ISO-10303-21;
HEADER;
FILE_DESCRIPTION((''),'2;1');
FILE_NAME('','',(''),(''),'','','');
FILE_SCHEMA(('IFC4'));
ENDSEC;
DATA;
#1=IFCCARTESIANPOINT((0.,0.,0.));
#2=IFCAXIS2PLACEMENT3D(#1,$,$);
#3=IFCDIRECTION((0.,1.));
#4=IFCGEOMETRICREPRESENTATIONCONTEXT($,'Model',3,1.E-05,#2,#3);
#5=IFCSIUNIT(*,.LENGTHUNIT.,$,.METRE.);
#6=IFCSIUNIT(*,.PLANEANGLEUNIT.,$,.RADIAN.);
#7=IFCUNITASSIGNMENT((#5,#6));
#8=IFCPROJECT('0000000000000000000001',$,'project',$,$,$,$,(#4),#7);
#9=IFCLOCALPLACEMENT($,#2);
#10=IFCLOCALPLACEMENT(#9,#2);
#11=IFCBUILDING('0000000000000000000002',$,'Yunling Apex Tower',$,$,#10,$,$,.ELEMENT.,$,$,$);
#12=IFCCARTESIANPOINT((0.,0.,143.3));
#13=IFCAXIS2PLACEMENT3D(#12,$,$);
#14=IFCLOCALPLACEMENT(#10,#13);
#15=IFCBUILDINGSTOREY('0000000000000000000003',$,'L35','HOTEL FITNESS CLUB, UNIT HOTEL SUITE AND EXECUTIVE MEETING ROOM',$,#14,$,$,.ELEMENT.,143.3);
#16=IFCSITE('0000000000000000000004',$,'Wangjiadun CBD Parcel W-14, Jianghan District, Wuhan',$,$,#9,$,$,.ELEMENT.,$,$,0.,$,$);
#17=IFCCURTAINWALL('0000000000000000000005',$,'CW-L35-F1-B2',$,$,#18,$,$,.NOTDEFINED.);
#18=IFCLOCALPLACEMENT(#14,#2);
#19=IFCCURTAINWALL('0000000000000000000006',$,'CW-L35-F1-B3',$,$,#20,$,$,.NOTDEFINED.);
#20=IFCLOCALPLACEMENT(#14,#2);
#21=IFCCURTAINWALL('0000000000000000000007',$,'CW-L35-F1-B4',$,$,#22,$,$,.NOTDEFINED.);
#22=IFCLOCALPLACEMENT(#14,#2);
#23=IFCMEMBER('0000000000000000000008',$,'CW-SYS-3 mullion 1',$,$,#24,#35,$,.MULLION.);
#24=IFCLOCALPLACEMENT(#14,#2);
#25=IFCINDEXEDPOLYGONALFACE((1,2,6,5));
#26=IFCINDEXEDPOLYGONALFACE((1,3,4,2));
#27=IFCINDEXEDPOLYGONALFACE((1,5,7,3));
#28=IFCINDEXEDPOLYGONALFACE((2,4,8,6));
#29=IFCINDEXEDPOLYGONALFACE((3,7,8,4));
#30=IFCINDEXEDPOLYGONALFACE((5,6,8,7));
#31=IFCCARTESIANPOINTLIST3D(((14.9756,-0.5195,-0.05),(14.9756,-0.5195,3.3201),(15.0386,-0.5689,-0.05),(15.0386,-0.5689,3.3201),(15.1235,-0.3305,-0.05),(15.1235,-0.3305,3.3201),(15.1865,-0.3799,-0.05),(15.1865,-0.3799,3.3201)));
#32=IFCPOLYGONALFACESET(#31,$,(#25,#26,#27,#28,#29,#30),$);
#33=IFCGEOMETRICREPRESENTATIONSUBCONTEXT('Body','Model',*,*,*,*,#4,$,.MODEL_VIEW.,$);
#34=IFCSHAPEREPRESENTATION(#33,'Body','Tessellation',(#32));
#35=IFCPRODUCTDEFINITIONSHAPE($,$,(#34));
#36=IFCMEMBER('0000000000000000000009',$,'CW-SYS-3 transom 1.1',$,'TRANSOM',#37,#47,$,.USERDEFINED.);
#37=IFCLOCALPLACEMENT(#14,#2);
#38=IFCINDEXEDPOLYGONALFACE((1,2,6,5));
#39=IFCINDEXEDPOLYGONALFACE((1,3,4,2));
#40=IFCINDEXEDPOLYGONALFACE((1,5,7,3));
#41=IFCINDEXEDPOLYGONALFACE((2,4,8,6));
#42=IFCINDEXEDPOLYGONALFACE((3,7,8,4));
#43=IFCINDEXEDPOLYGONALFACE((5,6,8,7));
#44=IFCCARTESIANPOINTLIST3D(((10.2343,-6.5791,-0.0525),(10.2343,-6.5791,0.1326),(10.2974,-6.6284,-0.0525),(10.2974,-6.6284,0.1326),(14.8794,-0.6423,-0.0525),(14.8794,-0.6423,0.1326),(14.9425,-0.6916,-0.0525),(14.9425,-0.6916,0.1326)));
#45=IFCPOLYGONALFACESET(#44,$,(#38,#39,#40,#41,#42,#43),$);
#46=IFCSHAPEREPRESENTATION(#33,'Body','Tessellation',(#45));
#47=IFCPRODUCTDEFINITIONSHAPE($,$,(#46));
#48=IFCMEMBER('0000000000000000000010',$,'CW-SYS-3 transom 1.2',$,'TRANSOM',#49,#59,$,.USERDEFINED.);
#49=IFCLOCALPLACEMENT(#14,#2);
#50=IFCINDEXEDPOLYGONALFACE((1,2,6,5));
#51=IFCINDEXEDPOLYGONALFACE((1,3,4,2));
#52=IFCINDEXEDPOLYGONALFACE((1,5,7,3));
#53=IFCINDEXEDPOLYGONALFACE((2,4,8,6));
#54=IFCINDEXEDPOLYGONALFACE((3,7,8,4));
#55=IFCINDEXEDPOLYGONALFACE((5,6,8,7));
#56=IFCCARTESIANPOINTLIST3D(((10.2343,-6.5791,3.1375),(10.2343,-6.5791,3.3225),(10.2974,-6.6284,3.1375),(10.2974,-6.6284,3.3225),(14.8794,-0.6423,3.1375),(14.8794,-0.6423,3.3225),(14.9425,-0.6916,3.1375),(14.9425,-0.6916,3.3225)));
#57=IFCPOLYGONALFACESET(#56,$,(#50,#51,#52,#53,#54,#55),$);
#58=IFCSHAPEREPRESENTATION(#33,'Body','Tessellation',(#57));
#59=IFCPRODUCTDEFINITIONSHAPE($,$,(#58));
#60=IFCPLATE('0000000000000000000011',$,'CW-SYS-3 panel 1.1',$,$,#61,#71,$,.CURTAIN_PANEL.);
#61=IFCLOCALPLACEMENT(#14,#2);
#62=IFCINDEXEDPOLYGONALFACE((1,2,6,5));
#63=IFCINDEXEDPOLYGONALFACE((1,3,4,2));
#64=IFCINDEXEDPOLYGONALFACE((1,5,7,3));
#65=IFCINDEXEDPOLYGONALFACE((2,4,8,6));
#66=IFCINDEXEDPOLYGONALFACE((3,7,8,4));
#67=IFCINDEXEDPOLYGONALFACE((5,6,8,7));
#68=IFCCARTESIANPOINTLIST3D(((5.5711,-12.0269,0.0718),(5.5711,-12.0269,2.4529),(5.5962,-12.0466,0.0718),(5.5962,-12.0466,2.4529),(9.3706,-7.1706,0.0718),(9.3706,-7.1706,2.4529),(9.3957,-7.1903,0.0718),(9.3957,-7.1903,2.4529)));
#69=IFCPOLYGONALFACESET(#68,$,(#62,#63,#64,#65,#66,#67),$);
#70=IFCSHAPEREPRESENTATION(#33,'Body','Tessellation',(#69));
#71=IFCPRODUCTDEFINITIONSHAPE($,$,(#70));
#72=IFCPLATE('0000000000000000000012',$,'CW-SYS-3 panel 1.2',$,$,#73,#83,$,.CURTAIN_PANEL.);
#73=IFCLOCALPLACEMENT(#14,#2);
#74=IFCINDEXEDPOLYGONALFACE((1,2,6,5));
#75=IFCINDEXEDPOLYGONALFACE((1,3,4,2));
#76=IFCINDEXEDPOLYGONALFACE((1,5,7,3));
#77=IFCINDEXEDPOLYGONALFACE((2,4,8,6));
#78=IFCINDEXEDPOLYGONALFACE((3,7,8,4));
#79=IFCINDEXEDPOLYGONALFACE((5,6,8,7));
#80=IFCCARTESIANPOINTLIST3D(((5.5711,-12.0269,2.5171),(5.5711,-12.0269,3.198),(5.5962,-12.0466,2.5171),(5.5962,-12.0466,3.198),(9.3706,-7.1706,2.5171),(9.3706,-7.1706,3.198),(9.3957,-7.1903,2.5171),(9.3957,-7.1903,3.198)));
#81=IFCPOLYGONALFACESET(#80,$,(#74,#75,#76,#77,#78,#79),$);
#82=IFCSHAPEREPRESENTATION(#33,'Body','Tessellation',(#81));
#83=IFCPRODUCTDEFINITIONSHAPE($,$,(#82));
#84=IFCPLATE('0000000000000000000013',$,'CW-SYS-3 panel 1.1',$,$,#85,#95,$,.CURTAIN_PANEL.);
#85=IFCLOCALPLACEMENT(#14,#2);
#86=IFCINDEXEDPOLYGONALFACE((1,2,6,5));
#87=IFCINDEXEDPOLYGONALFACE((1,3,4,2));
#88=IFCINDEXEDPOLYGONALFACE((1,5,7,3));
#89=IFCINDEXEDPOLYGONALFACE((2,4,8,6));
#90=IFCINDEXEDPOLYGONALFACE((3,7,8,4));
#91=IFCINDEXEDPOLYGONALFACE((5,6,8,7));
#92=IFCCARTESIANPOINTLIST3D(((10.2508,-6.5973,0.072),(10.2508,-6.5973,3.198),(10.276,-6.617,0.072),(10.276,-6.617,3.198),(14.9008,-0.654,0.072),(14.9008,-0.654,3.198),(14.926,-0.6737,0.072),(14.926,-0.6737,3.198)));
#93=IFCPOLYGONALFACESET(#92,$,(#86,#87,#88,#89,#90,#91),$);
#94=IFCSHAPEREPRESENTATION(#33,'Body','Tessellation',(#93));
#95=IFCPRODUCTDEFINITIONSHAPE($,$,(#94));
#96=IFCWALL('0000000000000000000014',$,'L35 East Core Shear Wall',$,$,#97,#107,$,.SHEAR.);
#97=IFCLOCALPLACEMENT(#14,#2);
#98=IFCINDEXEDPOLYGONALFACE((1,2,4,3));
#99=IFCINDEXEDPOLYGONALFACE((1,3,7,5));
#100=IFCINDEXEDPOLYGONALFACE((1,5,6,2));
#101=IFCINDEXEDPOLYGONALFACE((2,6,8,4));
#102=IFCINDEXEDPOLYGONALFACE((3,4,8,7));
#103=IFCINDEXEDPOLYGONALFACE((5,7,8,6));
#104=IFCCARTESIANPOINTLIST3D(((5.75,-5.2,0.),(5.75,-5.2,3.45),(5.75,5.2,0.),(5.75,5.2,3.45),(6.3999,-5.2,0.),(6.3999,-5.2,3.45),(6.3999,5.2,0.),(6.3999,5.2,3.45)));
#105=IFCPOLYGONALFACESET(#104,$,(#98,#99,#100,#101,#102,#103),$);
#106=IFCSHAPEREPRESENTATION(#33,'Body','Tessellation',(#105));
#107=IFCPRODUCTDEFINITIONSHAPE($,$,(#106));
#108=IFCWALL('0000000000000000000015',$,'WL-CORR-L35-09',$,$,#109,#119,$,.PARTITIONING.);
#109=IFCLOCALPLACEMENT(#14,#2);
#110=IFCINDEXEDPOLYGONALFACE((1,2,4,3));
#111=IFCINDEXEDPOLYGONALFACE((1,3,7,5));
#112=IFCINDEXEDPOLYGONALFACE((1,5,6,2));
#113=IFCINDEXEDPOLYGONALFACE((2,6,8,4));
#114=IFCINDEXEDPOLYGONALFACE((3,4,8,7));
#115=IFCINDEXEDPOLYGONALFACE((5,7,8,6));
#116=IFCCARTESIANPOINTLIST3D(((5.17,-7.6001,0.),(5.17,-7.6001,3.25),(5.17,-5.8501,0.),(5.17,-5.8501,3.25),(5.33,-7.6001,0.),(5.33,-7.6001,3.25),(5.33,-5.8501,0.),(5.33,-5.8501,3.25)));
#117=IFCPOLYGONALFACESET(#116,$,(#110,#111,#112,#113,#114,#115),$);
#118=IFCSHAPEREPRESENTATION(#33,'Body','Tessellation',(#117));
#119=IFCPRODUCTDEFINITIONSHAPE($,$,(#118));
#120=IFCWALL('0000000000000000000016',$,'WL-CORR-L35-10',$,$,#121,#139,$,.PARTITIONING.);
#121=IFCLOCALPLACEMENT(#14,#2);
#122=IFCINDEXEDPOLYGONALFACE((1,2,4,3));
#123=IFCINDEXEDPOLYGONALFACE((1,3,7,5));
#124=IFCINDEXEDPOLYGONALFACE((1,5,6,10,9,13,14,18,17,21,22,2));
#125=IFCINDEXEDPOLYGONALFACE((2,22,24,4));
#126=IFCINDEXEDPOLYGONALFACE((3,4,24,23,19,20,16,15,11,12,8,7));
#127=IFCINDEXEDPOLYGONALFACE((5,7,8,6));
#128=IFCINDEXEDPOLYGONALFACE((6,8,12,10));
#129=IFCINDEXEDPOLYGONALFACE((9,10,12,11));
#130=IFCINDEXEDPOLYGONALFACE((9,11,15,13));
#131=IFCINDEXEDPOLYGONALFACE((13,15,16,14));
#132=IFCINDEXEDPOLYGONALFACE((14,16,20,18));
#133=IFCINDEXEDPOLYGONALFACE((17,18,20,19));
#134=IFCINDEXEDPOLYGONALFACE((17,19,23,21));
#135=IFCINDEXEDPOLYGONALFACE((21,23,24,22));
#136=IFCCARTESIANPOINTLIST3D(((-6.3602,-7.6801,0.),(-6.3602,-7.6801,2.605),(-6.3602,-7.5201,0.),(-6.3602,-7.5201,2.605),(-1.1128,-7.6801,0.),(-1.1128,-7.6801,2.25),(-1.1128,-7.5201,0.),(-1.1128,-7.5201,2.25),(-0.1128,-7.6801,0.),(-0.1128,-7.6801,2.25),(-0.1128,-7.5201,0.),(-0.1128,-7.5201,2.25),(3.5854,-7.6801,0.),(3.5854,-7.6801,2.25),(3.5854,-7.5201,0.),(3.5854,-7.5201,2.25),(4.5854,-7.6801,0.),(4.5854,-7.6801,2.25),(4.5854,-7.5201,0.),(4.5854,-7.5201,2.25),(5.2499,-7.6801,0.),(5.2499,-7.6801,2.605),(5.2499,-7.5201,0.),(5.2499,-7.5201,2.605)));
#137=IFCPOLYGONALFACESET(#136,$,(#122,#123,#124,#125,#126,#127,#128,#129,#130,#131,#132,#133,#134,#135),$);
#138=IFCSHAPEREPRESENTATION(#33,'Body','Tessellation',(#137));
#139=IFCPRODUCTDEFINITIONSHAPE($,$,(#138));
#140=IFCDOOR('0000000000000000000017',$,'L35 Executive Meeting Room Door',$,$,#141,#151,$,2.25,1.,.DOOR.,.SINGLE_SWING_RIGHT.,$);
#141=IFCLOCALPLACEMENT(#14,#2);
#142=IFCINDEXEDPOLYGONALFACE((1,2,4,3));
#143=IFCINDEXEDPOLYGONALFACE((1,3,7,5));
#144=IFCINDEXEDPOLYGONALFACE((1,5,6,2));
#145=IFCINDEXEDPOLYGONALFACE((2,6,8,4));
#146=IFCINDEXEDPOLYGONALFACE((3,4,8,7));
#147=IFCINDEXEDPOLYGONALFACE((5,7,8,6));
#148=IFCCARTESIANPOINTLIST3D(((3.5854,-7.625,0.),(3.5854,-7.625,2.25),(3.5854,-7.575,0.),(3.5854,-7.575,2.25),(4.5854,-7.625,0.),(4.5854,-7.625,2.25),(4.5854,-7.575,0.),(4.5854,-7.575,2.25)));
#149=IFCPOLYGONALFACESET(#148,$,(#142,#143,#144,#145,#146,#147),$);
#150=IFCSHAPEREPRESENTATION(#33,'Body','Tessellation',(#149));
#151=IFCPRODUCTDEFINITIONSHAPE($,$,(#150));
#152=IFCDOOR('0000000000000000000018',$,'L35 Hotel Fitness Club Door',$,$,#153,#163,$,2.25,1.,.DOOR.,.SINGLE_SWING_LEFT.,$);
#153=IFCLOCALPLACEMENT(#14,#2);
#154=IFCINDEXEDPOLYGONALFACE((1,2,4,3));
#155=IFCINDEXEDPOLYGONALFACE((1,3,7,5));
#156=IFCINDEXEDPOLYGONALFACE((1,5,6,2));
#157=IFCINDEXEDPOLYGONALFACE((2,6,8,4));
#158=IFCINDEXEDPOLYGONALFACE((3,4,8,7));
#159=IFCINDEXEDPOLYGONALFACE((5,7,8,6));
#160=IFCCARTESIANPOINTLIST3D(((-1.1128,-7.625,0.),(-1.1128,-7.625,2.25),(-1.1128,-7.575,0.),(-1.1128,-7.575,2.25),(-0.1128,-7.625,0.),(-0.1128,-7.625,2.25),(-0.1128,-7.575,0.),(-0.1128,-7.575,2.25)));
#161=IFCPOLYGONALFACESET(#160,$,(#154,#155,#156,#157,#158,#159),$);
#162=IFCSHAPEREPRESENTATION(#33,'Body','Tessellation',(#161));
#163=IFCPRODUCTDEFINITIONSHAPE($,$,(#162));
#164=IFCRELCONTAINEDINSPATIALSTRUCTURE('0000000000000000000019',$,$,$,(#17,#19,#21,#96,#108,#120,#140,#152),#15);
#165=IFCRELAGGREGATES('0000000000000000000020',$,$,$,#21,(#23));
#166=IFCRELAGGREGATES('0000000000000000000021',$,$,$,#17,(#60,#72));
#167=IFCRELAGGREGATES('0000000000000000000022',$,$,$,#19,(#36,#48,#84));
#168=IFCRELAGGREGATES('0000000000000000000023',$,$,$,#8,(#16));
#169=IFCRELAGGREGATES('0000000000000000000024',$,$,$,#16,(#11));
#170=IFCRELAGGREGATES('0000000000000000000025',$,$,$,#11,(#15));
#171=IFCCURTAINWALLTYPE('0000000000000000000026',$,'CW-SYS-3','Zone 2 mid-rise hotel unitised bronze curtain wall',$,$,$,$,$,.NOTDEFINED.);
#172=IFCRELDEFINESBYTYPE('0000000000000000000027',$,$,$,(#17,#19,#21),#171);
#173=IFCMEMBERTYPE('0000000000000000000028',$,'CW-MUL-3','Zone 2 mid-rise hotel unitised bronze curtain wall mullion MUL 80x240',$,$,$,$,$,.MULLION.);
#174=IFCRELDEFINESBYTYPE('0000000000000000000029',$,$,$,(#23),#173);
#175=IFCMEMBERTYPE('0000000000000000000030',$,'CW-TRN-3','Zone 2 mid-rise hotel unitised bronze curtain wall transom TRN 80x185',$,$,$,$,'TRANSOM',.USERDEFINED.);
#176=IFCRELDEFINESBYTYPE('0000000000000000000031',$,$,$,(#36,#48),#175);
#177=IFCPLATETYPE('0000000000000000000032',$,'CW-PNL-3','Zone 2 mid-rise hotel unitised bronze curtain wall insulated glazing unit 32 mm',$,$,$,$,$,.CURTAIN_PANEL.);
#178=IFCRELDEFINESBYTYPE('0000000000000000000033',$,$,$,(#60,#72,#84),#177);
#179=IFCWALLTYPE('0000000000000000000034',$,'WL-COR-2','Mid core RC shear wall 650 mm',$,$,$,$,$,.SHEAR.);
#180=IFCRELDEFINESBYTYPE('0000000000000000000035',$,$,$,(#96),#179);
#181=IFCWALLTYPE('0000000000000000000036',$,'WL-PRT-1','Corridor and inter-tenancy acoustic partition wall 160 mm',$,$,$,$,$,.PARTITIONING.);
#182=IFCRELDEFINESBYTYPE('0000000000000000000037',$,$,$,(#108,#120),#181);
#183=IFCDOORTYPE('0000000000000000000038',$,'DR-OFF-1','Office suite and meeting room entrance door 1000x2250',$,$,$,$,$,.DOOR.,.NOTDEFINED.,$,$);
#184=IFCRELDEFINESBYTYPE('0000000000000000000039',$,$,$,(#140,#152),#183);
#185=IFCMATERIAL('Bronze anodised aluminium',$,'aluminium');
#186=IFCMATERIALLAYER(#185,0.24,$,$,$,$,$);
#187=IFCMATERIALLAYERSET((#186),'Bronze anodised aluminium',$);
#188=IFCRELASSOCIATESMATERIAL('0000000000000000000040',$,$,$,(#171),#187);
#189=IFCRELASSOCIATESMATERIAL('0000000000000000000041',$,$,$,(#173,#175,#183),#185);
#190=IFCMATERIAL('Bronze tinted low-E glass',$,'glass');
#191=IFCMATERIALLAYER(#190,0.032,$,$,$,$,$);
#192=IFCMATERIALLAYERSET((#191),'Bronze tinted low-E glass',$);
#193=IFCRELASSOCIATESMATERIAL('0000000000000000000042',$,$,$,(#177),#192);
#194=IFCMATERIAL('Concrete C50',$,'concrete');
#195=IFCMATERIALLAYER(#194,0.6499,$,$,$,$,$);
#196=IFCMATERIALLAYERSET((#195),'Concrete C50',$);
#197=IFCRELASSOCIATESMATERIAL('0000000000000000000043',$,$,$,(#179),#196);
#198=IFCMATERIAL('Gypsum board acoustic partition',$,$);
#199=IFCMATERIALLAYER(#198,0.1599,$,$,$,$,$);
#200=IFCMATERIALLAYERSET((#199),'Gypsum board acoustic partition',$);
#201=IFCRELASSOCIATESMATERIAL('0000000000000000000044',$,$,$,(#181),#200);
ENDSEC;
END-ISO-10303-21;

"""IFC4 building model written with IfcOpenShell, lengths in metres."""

from ifc_helpers import new_model, si_unit, direction, frame, frame_2d, origin, origin_2d, place, context, subcontext, project, spatial, rectangle, extrude, source, transform, mapped, material, layer, layer_set, material_profile, profile_set, type_object, element, fill, aggregate, save


model = new_model("IFC4")

# Units and contexts
model_context = context("Model", 3, precision=1e-05, world=origin(), true_north=direction((0.0, 1.0)))
body_context = subcontext(model_context, "Body", "Model", "MODEL_VIEW")
ifc_project = project(units=[si_unit("LENGTHUNIT", "METRE"), si_unit("PLANEANGLEUNIT", "RADIAN")], contexts=[model_context])

# Site, building, storey
site_placement = place(None, origin())
site = spatial("IfcSite", under=ifc_project, at=site_placement, Name="Wangjiadun CBD Parcel W-14, Jianghan District, Wuhan", CompositionType="ELEMENT", RefElevation=0.0)
building_placement = place(site_placement, origin())
building = spatial("IfcBuilding", under=site, at=building_placement, Name="Yunling Apex Tower", CompositionType="ELEMENT")
storey_placement = place(building_placement, frame((0.0, 0.0, 143.3)))
storey = spatial("IfcBuildingStorey", under=building, at=storey_placement, Name="L35", Description="HOTEL FITNESS CLUB, UNIT HOTEL SUITE AND EXECUTIVE MEETING ROOM", CompositionType="ELEMENT", Elevation=143.3)

# Curtain wall
ifc_material_1 = material(Name="Bronze anodised aluminium", Category="aluminium")
ifc_layer_1 = layer(ifc_material_1, 0.24)
ifc_layer_set_1 = layer_set([ifc_layer_1], Name="Bronze anodised aluminium")
curtain_wall_type = type_object("IfcCurtainWallType", Name="CW-SYS-3", Description="Zone 2 mid-rise hotel unitised bronze curtain wall", PredefinedType="NOTDEFINED", material=ifc_layer_set_1)
curtain_wall_1_placement = place(storey_placement, origin())
curtain_wall_1 = element("IfcCurtainWall", 1, at=curtain_wall_1_placement, inside=storey, type_object=curtain_wall_type, Name="CW-L35-F1-B2", PredefinedType="NOTDEFINED")
ifc_material_profile_1 = material_profile(ifc_material_1, rectangle(XDim=0.0801, YDim=0.24, at=origin_2d()))
ifc_profile_set_1 = profile_set([ifc_material_profile_1], Name="Bronze anodised aluminium")
member_type_1 = type_object("IfcMemberType", Name="CW-MUL-3", Description="Zone 2 mid-rise hotel unitised bronze curtain wall mullion MUL 80x240", PredefinedType="MULLION", material=ifc_profile_set_1)
shared_shape_1 = source(origin(), body_context, "Body", "SweptSolid", [
    extrude(rectangle(XDim=0.0801, YDim=0.24, at=origin_2d()), origin(), (0.0, 0.0, 1.0), 3.3701),
])

# Curtain wall
curtain_wall_2_placement = place(storey_placement, origin())
curtain_wall_2 = element("IfcCurtainWall", 2, at=curtain_wall_2_placement, inside=storey, type_object=curtain_wall_type, Name="CW-L35-F1-B3", PredefinedType="NOTDEFINED")

# Curtain wall, member
curtain_wall_3_placement = place(storey_placement, origin())
curtain_wall_3 = element("IfcCurtainWall", 3, at=curtain_wall_3_placement, inside=storey, type_object=curtain_wall_type, Name="CW-L35-F1-B4", PredefinedType="NOTDEFINED")
member_1_placement = place(storey_placement, frame((15.0811, -0.4497, -0.05), z_axis=(0.0, 0.0, 1.0), x_axis=(-0.787584, 0.616208, 0.0)))
member_1 = element("IfcMember", 4, at=member_1_placement, type_object=member_type_1, Name="CW-SYS-3 mullion 1", PredefinedType="MULLION", context=body_context, shape_type="MappedRepresentation", body=[
    mapped(shared_shape_1, transform((0.0, 0.0, 0.0), scale=1.0)),
])
aggregate(curtain_wall_3, [member_1])

# Members
ifc_material_profile_2 = material_profile(ifc_material_1, rectangle(XDim=0.0801, YDim=0.1851, at=origin_2d()))
ifc_profile_set_2 = profile_set([ifc_material_profile_2], Name="Bronze anodised aluminium")
member_type_2 = type_object("IfcMemberType", Name="CW-TRN-3", Description="Zone 2 mid-rise hotel unitised bronze curtain wall transom TRN 80x185", ElementType="TRANSOM", PredefinedType="USERDEFINED", material=ifc_profile_set_2)
shared_shape_2 = source(origin(), body_context, "Body", "SweptSolid", [
    extrude(rectangle(XDim=0.0801, YDim=0.1851, at=origin_2d()), origin(), (0.0, 0.0, 1.0), 7.5381),
])
member_2_placement = place(storey_placement, frame((10.2659, -6.6038, 0.04), z_axis=(0.616214, 0.787579, 0.0), x_axis=(-0.787579, 0.616214, 0.0)))
member_2 = element("IfcMember", 5, at=member_2_placement, type_object=member_type_2, Name="CW-SYS-3 transom 1.1", ObjectType="TRANSOM", PredefinedType="USERDEFINED", context=body_context, shape_type="MappedRepresentation", body=[
    mapped(shared_shape_2, transform((0.0, 0.0, 0.0), scale=1.0)),
])
member_3_placement = place(storey_placement, frame((10.2659, -6.6038, 3.23), z_axis=(0.616214, 0.787579, 0.0), x_axis=(-0.787579, 0.616214, 0.0)))
member_3 = element("IfcMember", 6, at=member_3_placement, type_object=member_type_2, Name="CW-SYS-3 transom 1.2", ObjectType="TRANSOM", PredefinedType="USERDEFINED", context=body_context, shape_type="MappedRepresentation", body=[
    mapped(shared_shape_2, transform((0.0, 0.0, 0.0), scale=1.0)),
])

# Plates
ifc_material_2 = material(Name="Bronze tinted low-E glass", Category="glass")
ifc_layer_2 = layer(ifc_material_2, 0.032)
ifc_layer_set_2 = layer_set([ifc_layer_2], Name="Bronze tinted low-E glass")
plate_type = type_object("IfcPlateType", Name="CW-PNL-3", Description="Zone 2 mid-rise hotel unitised bronze curtain wall insulated glazing unit 32 mm", PredefinedType="CURTAIN_PANEL", material=ifc_layer_set_2)
shared_shape_3 = source(origin(), body_context, "Body", "SweptSolid", [
    extrude(rectangle(XDim=6.166, YDim=0.032, at=origin_2d()), origin(), (0.0, 0.0, 1.0), 2.3811),
])
plate_1_placement = place(storey_placement, frame((7.4834, -9.6086, 0.0718), z_axis=(0.0, 0.0, 1.0), x_axis=(0.616199, 0.78759, 0.0)))
plate_1 = element("IfcPlate", 7, at=plate_1_placement, type_object=plate_type, Name="CW-SYS-3 panel 1.1", PredefinedType="CURTAIN_PANEL", context=body_context, shape_type="MappedRepresentation", body=[
    mapped(shared_shape_3, transform((0.0, 0.0, 0.0), scale=1.0)),
])
shared_shape_4 = source(origin(), body_context, "Body", "SweptSolid", [
    extrude(rectangle(XDim=6.166, YDim=0.032, at=origin_2d()), origin(), (0.0, 0.0, 1.0), 0.6809),
])
plate_2_placement = place(storey_placement, frame((7.4834, -9.6086, 2.5171), z_axis=(0.0, 0.0, 1.0), x_axis=(0.616199, 0.78759, 0.0)))
plate_2 = element("IfcPlate", 8, at=plate_2_placement, type_object=plate_type, Name="CW-SYS-3 panel 1.2", PredefinedType="CURTAIN_PANEL", context=body_context, shape_type="MappedRepresentation", body=[
    mapped(shared_shape_4, transform((0.0, 0.0, 0.0), scale=1.0)),
])
aggregate(curtain_wall_1, [plate_1, plate_2])
shared_shape_5 = source(origin(), body_context, "Body", "SweptSolid", [
    extrude(rectangle(XDim=7.5461, YDim=0.032, at=origin_2d()), origin(), (0.0, 0.0, 1.0), 3.126),
])
plate_3_placement = place(storey_placement, frame((12.5884, -3.6355, 0.072), z_axis=(0.0, 0.0, 1.0), x_axis=(0.616208, 0.787584, 0.0)))
plate_3 = element("IfcPlate", 9, at=plate_3_placement, type_object=plate_type, Name="CW-SYS-3 panel 1.1", PredefinedType="CURTAIN_PANEL", context=body_context, shape_type="MappedRepresentation", body=[
    mapped(shared_shape_5, transform((0.0, 0.0, 0.0), scale=1.0)),
])
aggregate(curtain_wall_2, [member_2, member_3, plate_3])

# Walls
ifc_material_3 = material(Name="Concrete C50", Category="concrete")
ifc_layer_3 = layer(ifc_material_3, 0.6499)
ifc_layer_set_3 = layer_set([ifc_layer_3], Name="Concrete C50")
wall_type_1 = type_object("IfcWallType", Name="WL-COR-2", Description="Mid core RC shear wall 650 mm", PredefinedType="SHEAR", material=ifc_layer_set_3)
wall_1_placement = place(storey_placement, frame((6.075, -5.2, 0.0), z_axis=(0.0, 0.0, 1.0), x_axis=(0.0, 1.0, 0.0)))
element("IfcWall", 10, at=wall_1_placement, inside=storey, type_object=wall_type_1, Name="L35 East Core Shear Wall", PredefinedType="SHEAR", context=body_context, shape_type="SweptSolid", body=[
    extrude(rectangle(XDim=10.3999, YDim=0.6499, at=frame_2d((5.2, 0.0))), origin(), (0.0, 0.0, 1.0), 3.45),
])
ifc_material_4 = material(Name="Gypsum board acoustic partition")
ifc_layer_4 = layer(ifc_material_4, 0.1599)
ifc_layer_set_4 = layer_set([ifc_layer_4], Name="Gypsum board acoustic partition")
wall_type_2 = type_object("IfcWallType", Name="WL-PRT-1", Description="Corridor and inter-tenancy acoustic partition wall 160 mm", PredefinedType="PARTITIONING", material=ifc_layer_set_4)
wall_2_placement = place(storey_placement, frame((5.25, -5.8501, 0.0), z_axis=(0.0, 0.0, 1.0), x_axis=(0.0, -1.0, 0.0)))
element("IfcWall", 11, at=wall_2_placement, inside=storey, type_object=wall_type_2, Name="WL-CORR-L35-09", PredefinedType="PARTITIONING", context=body_context, shape_type="SweptSolid", body=[
    extrude(rectangle(XDim=1.75, YDim=0.1599, at=frame_2d((0.875, 0.0))), origin(), (0.0, 0.0, 1.0), 3.25),
])

# Wall, openings, doors
wall_3_placement = place(storey_placement, frame((5.25, -7.6001, 0.0), z_axis=(0.0, 0.0, 1.0), x_axis=(-1.0, 0.0, 0.0)))
wall_3 = element("IfcWall", 12, at=wall_3_placement, inside=storey, type_object=wall_type_2, Name="WL-CORR-L35-10", PredefinedType="PARTITIONING", context=body_context, shape_type="SweptSolid", body=[
    extrude(rectangle(XDim=11.6101, YDim=0.1599, at=frame_2d((5.8052, 0.0))), origin(), (0.0, 0.0, 1.0), 2.605),
])
opening_1_placement = place(wall_3_placement, frame((0.6646, 0.0, 0.0)))
opening_1 = element("IfcOpeningElement", 13, at=opening_1_placement, cuts=wall_3, PredefinedType="OPENING", context=body_context, shape_type="SweptSolid", body=[
    extrude(rectangle(XDim=1.0, YDim=2.25, at=frame_2d((0.5, 1.125))), frame((0.0, 0.0898, 0.0), z_axis=(0.0, -1.0, 0.0), x_axis=(1.0, 0.0, 0.0)), (0.0, 0.0, 1.0), 0.1799),
])
opening_2_placement = place(wall_3_placement, frame((5.3628, 0.0, 0.0)))
opening_2 = element("IfcOpeningElement", 14, at=opening_2_placement, cuts=wall_3, PredefinedType="OPENING", context=body_context, shape_type="SweptSolid", body=[
    extrude(rectangle(XDim=1.0, YDim=2.25, at=frame_2d((0.5, 1.125))), frame((0.0, 0.0898, 0.0), z_axis=(0.0, -1.0, 0.0), x_axis=(1.0, 0.0, 0.0)), (0.0, 0.0, 1.0), 0.1799),
])
door_type = type_object("IfcDoorType", Name="DR-OFF-1", Description="Office suite and meeting room entrance door 1000x2250", OperationType="NOTDEFINED", PredefinedType="DOOR", material=ifc_material_1)
door_1_placement = place(opening_1_placement, origin())
door_1 = element("IfcDoor", 15, at=door_1_placement, inside=storey, type_object=door_type, Name="L35 Executive Meeting Room Door", OperationType="SINGLE_SWING_RIGHT", OverallHeight=2.25, OverallWidth=1.0, PredefinedType="DOOR", context=body_context, shape_type="SweptSolid", body=[
    extrude(rectangle(XDim=1.0, YDim=2.25, at=frame_2d((0.5, 1.125))), frame((0.0, 0.0249, 0.0), z_axis=(0.0, -1.0, 0.0), x_axis=(1.0, 0.0, 0.0)), (0.0, 0.0, 1.0), 0.05),
])
fill(opening_1, door_1)
door_2_placement = place(opening_2_placement, origin())
door_2 = element("IfcDoor", 16, at=door_2_placement, inside=storey, type_object=door_type, Name="L35 Hotel Fitness Club Door", OperationType="SINGLE_SWING_LEFT", OverallHeight=2.25, OverallWidth=1.0, PredefinedType="DOOR", context=body_context, shape_type="SweptSolid", body=[
    extrude(rectangle(XDim=1.0, YDim=2.25, at=frame_2d((0.5, 1.125))), frame((0.0, 0.0249, 0.0), z_axis=(0.0, -1.0, 0.0), x_axis=(1.0, 0.0, 0.0)), (0.0, 0.0, 1.0), 0.05),
])
fill(opening_2, door_2)

save(model, "model.ifc")
